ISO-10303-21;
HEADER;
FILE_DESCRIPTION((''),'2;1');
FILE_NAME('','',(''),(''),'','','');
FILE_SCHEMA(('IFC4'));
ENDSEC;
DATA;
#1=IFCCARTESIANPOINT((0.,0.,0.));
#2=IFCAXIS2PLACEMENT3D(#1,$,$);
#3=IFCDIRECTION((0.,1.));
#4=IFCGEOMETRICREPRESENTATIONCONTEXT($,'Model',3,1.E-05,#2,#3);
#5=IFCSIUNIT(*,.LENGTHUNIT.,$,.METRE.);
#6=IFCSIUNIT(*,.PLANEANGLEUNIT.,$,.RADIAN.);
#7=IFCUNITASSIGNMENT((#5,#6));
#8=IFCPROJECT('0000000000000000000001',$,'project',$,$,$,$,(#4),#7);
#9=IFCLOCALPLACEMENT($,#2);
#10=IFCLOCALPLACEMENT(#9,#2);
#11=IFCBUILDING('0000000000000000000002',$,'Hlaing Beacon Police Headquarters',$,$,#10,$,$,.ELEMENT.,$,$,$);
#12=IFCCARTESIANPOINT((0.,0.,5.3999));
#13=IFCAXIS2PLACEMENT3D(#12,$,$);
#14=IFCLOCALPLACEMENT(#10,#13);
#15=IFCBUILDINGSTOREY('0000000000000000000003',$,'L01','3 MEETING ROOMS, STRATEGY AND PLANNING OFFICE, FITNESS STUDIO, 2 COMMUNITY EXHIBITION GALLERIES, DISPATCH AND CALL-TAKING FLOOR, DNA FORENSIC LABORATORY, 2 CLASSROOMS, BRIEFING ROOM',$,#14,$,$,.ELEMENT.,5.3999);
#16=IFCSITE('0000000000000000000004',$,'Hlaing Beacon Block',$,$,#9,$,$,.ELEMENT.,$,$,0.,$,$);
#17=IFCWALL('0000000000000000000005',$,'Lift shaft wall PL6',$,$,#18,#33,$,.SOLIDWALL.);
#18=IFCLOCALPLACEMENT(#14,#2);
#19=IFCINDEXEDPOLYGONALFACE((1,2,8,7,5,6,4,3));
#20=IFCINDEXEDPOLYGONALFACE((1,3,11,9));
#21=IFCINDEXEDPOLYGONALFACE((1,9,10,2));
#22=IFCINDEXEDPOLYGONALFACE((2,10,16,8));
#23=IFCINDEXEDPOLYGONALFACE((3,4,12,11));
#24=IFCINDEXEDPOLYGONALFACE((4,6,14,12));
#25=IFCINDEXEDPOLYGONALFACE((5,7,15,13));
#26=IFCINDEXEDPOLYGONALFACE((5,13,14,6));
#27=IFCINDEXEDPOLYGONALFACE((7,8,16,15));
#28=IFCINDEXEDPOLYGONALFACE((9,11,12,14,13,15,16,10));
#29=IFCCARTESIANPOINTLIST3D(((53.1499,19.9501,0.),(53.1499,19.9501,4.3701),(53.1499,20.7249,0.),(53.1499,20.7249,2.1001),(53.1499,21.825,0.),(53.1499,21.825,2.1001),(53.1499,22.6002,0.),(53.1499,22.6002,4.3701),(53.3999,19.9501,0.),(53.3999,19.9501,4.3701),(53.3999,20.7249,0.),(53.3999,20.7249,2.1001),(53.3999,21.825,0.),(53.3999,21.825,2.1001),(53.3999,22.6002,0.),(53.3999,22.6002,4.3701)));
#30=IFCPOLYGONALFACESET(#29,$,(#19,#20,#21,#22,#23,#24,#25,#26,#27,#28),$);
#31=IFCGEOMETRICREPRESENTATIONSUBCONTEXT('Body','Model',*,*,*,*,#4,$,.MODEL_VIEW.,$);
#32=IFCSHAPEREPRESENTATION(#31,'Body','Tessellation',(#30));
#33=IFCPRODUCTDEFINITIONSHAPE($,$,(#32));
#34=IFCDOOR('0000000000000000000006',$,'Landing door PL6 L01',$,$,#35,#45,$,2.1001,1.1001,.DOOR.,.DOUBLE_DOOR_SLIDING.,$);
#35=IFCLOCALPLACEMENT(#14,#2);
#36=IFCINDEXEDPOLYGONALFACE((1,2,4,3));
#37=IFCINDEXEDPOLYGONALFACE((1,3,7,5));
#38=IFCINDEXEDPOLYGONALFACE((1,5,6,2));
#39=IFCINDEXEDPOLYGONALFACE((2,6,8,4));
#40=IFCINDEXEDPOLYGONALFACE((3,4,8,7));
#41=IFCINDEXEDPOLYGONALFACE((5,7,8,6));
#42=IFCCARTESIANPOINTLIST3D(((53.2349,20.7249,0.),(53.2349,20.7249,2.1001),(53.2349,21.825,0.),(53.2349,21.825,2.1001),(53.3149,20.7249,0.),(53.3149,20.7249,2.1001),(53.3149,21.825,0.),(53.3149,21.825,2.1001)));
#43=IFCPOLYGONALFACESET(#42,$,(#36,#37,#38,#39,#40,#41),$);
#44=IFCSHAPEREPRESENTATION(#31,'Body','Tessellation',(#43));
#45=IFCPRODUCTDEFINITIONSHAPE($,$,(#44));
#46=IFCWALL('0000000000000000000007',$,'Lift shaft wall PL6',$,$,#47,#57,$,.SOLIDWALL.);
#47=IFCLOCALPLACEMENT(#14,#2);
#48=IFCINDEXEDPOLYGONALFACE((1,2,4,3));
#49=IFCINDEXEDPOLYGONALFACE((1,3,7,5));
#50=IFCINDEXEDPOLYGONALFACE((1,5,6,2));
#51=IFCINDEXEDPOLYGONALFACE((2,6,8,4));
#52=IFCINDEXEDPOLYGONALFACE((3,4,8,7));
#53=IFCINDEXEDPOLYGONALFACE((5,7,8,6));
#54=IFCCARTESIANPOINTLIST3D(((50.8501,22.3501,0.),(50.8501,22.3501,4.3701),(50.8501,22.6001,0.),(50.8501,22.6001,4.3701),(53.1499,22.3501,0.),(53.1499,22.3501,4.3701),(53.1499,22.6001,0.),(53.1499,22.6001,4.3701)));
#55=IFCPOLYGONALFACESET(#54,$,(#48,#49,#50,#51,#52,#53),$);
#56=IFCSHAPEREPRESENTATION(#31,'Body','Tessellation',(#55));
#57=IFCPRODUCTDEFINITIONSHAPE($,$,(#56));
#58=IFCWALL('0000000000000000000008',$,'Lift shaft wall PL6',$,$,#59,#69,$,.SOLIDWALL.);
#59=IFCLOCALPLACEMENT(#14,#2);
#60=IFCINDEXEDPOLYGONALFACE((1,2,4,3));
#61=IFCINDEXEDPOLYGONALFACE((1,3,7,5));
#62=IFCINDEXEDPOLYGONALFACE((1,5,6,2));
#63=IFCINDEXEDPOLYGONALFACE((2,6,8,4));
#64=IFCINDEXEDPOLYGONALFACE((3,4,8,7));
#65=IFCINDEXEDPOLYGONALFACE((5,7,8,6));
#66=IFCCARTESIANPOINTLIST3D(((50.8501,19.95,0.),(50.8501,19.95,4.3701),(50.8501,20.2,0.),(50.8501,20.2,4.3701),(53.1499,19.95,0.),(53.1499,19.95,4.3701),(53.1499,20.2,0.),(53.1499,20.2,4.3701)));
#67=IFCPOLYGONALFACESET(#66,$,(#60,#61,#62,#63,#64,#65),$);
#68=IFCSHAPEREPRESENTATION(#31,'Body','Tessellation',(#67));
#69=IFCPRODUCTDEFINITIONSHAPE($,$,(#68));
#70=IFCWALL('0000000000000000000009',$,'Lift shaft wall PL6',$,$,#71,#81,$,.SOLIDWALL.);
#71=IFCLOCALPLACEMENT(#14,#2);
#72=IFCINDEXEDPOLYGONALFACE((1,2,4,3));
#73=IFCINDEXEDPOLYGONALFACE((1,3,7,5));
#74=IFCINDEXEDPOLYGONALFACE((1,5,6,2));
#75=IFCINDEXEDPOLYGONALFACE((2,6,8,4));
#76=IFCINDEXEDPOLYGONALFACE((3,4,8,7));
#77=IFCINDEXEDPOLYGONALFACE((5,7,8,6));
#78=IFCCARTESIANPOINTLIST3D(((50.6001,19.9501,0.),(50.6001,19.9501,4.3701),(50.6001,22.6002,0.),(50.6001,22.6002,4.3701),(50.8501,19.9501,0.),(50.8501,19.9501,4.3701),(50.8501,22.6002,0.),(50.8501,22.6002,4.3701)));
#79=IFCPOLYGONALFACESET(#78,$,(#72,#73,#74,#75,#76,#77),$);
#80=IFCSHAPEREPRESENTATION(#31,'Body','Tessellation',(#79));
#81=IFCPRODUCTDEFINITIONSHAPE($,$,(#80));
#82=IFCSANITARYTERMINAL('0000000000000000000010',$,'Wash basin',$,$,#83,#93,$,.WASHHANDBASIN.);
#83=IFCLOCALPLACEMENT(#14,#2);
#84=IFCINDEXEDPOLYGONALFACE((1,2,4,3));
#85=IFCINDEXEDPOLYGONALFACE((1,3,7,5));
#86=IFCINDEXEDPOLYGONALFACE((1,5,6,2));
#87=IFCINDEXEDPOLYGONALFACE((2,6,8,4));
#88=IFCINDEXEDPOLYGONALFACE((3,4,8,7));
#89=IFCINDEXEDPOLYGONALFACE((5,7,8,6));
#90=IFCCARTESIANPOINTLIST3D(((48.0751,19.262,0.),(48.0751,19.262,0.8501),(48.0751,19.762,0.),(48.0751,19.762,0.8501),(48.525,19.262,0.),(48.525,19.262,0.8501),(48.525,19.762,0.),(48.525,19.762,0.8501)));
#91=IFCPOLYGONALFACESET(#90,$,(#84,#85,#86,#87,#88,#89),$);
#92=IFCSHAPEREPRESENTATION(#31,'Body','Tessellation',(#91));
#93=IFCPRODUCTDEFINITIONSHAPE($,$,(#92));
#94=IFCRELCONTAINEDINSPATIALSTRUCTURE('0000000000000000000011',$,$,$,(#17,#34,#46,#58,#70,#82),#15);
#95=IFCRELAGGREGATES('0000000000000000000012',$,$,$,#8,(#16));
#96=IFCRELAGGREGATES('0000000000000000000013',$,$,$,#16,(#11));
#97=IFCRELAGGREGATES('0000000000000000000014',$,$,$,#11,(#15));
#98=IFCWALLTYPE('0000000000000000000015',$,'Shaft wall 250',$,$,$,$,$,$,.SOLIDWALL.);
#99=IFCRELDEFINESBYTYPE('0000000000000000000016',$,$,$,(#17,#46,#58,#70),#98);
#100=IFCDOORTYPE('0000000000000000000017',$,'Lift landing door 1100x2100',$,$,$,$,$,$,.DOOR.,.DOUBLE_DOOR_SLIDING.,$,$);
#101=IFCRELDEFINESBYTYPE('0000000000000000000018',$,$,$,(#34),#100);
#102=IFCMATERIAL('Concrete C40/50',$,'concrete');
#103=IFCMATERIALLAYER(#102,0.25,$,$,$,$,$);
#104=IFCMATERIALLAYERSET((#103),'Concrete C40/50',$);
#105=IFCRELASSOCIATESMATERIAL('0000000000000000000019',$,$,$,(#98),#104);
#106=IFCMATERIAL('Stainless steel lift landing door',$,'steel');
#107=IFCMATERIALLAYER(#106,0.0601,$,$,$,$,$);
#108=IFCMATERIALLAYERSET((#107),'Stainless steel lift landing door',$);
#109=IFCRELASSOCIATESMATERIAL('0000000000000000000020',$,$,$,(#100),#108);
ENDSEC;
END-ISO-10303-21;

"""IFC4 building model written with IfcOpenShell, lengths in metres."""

from ifc_helpers import new_model, si_unit, direction, frame, frame_2d, origin, origin_2d, place, context, subcontext, project, spatial, rectangle, extrude, material, layer, layer_set, type_object, element, fill, save


model = new_model("IFC4")

# Units and contexts
model_context = context("Model", 3, precision=1e-05, world=origin(), true_north=direction((0.0, 1.0)))
body_context = subcontext(model_context, "Body", "Model", "MODEL_VIEW")
ifc_project = project(units=[si_unit("LENGTHUNIT", "METRE"), si_unit("PLANEANGLEUNIT", "RADIAN")], contexts=[model_context])

# Site, building, storey
site_placement = place(None, origin())
site = spatial("IfcSite", under=ifc_project, at=site_placement, Name="Hlaing Beacon Block", CompositionType="ELEMENT", RefElevation=0.0)
building_placement = place(site_placement, origin())
building = spatial("IfcBuilding", under=site, at=building_placement, Name="Hlaing Beacon Police Headquarters", CompositionType="ELEMENT")
storey_placement = place(building_placement, frame((0.0, 0.0, 5.3999)))
storey = spatial("IfcBuildingStorey", under=building, at=storey_placement, Name="L01", Description="3 MEETING ROOMS, STRATEGY AND PLANNING OFFICE, FITNESS STUDIO, 2 COMMUNITY EXHIBITION GALLERIES, DISPATCH AND CALL-TAKING FLOOR, DNA FORENSIC LABORATORY, 2 CLASSROOMS, BRIEFING ROOM", CompositionType="ELEMENT", Elevation=5.3999)

# Wall, opening, door
ifc_material_1 = material(Name="Concrete C40/50", Category="concrete")
ifc_layer_1 = layer(ifc_material_1, 0.25)
ifc_layer_set_1 = layer_set([ifc_layer_1], Name="Concrete C40/50")
wall_type_1 = type_object("IfcWallType", Name="Shaft wall 250", PredefinedType="SOLIDWALL", material=ifc_layer_set_1)
wall_1_placement = place(storey_placement, frame((53.2749, 19.95, 0.0), z_axis=(0.0, 0.0, 1.0), x_axis=(0.0, 1.0, 0.0)))
wall_1 = element("IfcWall", 1, at=wall_1_placement, inside=storey, type_object=wall_type_1, Name="Lift shaft wall PL6", PredefinedType="SOLIDWALL", context=body_context, shape_type="SweptSolid", body=[
    extrude(rectangle(XDim=2.6501, YDim=0.25, at=frame_2d((1.3252, 0.0))), origin(), (0.0, 0.0, 1.0), 4.3701),
])
opening_1_placement = place(wall_1_placement, frame((0.7749, 0.0, 0.0)))
opening_1 = element("IfcOpeningElement", 2, at=opening_1_placement, cuts=wall_1, PredefinedType="OPENING", context=body_context, shape_type="SweptSolid", body=[
    extrude(rectangle(XDim=1.1001, YDim=2.1001, at=frame_2d((0.55, 1.05))), frame((0.0, 0.135, 0.0), z_axis=(0.0, -1.0, 0.0), x_axis=(1.0, 0.0, 0.0)), (0.0, 0.0, 1.0), 0.27),
])
ifc_material_2 = material(Name="Stainless steel lift landing door", Category="steel")
ifc_layer_2 = layer(ifc_material_2, 0.0601)
ifc_layer_set_2 = layer_set([ifc_layer_2], Name="Stainless steel lift landing door")
door_type_1 = type_object("IfcDoorType", Name="Lift landing door 1100x2100", OperationType="DOUBLE_DOOR_SLIDING", PredefinedType="DOOR", material=ifc_layer_set_2)
door_1_placement = place(opening_1_placement, origin())
door_1 = element("IfcDoor", 3, at=door_1_placement, inside=storey, type_object=door_type_1, Name="Landing door PL6 L01", OperationType="DOUBLE_DOOR_SLIDING", OverallHeight=2.1001, OverallWidth=1.1001, PredefinedType="DOOR", context=body_context, shape_type="SweptSolid", body=[
    extrude(rectangle(XDim=1.1001, YDim=2.1001, at=frame_2d((0.55, 1.05))), frame((0.0, 0.04, 0.0), z_axis=(0.0, -1.0, 0.0), x_axis=(1.0, 0.0, 0.0)), (0.0, 0.0, 1.0), 0.0801),
])
fill(opening_1, door_1)

# Walls
for number, where, z_axis, x_axis, name in (
    (4, (50.8501, 22.4751, 0.0), (0.0, 0.0, 1.0), (1.0, 0.0, 0.0), "Lift shaft wall PL6"),
    (5, (50.8501, 20.075, 0.0), (0.0, 0.0, 1.0), (1.0, 0.0, 0.0), "Lift shaft wall PL6"),
):
    element("IfcWall", number, at=place(storey_placement, frame(where, z_axis=z_axis, x_axis=x_axis)), inside=storey, type_object=wall_type_1, Name=name, PredefinedType="SOLIDWALL", context=body_context, shape_type="SweptSolid", body=[
        extrude(rectangle(XDim=2.2998, YDim=0.25, at=frame_2d((1.1499, 0.0))), origin(), (0.0, 0.0, 1.0), 4.3701),
    ])
wall_2_placement = place(storey_placement, frame((50.7251, 19.95, 0.0), z_axis=(0.0, 0.0, 1.0), x_axis=(0.0, 1.0, 0.0)))
element("IfcWall", 6, at=wall_2_placement, inside=storey, type_object=wall_type_1, Name="Lift shaft wall PL6", PredefinedType="SOLIDWALL", context=body_context, shape_type="SweptSolid", body=[
    extrude(rectangle(XDim=2.6501, YDim=0.25, at=frame_2d((1.3252, 0.0))), origin(), (0.0, 0.0, 1.0), 4.3701),
])

# Sanitary terminal
sanitary_terminal_placement = place(storey_placement, frame((48.3, 19.512, 0.0), z_axis=(0.0, 0.0, 1.0), x_axis=(1.0, 0.0, 0.0)))
element("IfcSanitaryTerminal", 7, at=sanitary_terminal_placement, inside=storey, Name="Wash basin", PredefinedType="WASHHANDBASIN", context=body_context, shape_type="SweptSolid", body=[
    extrude(rectangle(XDim=0.45, YDim=0.5, at=origin_2d()), origin(), (0.0, 0.0, 1.0), 0.8501),
])

save(model, "model.ifc")
